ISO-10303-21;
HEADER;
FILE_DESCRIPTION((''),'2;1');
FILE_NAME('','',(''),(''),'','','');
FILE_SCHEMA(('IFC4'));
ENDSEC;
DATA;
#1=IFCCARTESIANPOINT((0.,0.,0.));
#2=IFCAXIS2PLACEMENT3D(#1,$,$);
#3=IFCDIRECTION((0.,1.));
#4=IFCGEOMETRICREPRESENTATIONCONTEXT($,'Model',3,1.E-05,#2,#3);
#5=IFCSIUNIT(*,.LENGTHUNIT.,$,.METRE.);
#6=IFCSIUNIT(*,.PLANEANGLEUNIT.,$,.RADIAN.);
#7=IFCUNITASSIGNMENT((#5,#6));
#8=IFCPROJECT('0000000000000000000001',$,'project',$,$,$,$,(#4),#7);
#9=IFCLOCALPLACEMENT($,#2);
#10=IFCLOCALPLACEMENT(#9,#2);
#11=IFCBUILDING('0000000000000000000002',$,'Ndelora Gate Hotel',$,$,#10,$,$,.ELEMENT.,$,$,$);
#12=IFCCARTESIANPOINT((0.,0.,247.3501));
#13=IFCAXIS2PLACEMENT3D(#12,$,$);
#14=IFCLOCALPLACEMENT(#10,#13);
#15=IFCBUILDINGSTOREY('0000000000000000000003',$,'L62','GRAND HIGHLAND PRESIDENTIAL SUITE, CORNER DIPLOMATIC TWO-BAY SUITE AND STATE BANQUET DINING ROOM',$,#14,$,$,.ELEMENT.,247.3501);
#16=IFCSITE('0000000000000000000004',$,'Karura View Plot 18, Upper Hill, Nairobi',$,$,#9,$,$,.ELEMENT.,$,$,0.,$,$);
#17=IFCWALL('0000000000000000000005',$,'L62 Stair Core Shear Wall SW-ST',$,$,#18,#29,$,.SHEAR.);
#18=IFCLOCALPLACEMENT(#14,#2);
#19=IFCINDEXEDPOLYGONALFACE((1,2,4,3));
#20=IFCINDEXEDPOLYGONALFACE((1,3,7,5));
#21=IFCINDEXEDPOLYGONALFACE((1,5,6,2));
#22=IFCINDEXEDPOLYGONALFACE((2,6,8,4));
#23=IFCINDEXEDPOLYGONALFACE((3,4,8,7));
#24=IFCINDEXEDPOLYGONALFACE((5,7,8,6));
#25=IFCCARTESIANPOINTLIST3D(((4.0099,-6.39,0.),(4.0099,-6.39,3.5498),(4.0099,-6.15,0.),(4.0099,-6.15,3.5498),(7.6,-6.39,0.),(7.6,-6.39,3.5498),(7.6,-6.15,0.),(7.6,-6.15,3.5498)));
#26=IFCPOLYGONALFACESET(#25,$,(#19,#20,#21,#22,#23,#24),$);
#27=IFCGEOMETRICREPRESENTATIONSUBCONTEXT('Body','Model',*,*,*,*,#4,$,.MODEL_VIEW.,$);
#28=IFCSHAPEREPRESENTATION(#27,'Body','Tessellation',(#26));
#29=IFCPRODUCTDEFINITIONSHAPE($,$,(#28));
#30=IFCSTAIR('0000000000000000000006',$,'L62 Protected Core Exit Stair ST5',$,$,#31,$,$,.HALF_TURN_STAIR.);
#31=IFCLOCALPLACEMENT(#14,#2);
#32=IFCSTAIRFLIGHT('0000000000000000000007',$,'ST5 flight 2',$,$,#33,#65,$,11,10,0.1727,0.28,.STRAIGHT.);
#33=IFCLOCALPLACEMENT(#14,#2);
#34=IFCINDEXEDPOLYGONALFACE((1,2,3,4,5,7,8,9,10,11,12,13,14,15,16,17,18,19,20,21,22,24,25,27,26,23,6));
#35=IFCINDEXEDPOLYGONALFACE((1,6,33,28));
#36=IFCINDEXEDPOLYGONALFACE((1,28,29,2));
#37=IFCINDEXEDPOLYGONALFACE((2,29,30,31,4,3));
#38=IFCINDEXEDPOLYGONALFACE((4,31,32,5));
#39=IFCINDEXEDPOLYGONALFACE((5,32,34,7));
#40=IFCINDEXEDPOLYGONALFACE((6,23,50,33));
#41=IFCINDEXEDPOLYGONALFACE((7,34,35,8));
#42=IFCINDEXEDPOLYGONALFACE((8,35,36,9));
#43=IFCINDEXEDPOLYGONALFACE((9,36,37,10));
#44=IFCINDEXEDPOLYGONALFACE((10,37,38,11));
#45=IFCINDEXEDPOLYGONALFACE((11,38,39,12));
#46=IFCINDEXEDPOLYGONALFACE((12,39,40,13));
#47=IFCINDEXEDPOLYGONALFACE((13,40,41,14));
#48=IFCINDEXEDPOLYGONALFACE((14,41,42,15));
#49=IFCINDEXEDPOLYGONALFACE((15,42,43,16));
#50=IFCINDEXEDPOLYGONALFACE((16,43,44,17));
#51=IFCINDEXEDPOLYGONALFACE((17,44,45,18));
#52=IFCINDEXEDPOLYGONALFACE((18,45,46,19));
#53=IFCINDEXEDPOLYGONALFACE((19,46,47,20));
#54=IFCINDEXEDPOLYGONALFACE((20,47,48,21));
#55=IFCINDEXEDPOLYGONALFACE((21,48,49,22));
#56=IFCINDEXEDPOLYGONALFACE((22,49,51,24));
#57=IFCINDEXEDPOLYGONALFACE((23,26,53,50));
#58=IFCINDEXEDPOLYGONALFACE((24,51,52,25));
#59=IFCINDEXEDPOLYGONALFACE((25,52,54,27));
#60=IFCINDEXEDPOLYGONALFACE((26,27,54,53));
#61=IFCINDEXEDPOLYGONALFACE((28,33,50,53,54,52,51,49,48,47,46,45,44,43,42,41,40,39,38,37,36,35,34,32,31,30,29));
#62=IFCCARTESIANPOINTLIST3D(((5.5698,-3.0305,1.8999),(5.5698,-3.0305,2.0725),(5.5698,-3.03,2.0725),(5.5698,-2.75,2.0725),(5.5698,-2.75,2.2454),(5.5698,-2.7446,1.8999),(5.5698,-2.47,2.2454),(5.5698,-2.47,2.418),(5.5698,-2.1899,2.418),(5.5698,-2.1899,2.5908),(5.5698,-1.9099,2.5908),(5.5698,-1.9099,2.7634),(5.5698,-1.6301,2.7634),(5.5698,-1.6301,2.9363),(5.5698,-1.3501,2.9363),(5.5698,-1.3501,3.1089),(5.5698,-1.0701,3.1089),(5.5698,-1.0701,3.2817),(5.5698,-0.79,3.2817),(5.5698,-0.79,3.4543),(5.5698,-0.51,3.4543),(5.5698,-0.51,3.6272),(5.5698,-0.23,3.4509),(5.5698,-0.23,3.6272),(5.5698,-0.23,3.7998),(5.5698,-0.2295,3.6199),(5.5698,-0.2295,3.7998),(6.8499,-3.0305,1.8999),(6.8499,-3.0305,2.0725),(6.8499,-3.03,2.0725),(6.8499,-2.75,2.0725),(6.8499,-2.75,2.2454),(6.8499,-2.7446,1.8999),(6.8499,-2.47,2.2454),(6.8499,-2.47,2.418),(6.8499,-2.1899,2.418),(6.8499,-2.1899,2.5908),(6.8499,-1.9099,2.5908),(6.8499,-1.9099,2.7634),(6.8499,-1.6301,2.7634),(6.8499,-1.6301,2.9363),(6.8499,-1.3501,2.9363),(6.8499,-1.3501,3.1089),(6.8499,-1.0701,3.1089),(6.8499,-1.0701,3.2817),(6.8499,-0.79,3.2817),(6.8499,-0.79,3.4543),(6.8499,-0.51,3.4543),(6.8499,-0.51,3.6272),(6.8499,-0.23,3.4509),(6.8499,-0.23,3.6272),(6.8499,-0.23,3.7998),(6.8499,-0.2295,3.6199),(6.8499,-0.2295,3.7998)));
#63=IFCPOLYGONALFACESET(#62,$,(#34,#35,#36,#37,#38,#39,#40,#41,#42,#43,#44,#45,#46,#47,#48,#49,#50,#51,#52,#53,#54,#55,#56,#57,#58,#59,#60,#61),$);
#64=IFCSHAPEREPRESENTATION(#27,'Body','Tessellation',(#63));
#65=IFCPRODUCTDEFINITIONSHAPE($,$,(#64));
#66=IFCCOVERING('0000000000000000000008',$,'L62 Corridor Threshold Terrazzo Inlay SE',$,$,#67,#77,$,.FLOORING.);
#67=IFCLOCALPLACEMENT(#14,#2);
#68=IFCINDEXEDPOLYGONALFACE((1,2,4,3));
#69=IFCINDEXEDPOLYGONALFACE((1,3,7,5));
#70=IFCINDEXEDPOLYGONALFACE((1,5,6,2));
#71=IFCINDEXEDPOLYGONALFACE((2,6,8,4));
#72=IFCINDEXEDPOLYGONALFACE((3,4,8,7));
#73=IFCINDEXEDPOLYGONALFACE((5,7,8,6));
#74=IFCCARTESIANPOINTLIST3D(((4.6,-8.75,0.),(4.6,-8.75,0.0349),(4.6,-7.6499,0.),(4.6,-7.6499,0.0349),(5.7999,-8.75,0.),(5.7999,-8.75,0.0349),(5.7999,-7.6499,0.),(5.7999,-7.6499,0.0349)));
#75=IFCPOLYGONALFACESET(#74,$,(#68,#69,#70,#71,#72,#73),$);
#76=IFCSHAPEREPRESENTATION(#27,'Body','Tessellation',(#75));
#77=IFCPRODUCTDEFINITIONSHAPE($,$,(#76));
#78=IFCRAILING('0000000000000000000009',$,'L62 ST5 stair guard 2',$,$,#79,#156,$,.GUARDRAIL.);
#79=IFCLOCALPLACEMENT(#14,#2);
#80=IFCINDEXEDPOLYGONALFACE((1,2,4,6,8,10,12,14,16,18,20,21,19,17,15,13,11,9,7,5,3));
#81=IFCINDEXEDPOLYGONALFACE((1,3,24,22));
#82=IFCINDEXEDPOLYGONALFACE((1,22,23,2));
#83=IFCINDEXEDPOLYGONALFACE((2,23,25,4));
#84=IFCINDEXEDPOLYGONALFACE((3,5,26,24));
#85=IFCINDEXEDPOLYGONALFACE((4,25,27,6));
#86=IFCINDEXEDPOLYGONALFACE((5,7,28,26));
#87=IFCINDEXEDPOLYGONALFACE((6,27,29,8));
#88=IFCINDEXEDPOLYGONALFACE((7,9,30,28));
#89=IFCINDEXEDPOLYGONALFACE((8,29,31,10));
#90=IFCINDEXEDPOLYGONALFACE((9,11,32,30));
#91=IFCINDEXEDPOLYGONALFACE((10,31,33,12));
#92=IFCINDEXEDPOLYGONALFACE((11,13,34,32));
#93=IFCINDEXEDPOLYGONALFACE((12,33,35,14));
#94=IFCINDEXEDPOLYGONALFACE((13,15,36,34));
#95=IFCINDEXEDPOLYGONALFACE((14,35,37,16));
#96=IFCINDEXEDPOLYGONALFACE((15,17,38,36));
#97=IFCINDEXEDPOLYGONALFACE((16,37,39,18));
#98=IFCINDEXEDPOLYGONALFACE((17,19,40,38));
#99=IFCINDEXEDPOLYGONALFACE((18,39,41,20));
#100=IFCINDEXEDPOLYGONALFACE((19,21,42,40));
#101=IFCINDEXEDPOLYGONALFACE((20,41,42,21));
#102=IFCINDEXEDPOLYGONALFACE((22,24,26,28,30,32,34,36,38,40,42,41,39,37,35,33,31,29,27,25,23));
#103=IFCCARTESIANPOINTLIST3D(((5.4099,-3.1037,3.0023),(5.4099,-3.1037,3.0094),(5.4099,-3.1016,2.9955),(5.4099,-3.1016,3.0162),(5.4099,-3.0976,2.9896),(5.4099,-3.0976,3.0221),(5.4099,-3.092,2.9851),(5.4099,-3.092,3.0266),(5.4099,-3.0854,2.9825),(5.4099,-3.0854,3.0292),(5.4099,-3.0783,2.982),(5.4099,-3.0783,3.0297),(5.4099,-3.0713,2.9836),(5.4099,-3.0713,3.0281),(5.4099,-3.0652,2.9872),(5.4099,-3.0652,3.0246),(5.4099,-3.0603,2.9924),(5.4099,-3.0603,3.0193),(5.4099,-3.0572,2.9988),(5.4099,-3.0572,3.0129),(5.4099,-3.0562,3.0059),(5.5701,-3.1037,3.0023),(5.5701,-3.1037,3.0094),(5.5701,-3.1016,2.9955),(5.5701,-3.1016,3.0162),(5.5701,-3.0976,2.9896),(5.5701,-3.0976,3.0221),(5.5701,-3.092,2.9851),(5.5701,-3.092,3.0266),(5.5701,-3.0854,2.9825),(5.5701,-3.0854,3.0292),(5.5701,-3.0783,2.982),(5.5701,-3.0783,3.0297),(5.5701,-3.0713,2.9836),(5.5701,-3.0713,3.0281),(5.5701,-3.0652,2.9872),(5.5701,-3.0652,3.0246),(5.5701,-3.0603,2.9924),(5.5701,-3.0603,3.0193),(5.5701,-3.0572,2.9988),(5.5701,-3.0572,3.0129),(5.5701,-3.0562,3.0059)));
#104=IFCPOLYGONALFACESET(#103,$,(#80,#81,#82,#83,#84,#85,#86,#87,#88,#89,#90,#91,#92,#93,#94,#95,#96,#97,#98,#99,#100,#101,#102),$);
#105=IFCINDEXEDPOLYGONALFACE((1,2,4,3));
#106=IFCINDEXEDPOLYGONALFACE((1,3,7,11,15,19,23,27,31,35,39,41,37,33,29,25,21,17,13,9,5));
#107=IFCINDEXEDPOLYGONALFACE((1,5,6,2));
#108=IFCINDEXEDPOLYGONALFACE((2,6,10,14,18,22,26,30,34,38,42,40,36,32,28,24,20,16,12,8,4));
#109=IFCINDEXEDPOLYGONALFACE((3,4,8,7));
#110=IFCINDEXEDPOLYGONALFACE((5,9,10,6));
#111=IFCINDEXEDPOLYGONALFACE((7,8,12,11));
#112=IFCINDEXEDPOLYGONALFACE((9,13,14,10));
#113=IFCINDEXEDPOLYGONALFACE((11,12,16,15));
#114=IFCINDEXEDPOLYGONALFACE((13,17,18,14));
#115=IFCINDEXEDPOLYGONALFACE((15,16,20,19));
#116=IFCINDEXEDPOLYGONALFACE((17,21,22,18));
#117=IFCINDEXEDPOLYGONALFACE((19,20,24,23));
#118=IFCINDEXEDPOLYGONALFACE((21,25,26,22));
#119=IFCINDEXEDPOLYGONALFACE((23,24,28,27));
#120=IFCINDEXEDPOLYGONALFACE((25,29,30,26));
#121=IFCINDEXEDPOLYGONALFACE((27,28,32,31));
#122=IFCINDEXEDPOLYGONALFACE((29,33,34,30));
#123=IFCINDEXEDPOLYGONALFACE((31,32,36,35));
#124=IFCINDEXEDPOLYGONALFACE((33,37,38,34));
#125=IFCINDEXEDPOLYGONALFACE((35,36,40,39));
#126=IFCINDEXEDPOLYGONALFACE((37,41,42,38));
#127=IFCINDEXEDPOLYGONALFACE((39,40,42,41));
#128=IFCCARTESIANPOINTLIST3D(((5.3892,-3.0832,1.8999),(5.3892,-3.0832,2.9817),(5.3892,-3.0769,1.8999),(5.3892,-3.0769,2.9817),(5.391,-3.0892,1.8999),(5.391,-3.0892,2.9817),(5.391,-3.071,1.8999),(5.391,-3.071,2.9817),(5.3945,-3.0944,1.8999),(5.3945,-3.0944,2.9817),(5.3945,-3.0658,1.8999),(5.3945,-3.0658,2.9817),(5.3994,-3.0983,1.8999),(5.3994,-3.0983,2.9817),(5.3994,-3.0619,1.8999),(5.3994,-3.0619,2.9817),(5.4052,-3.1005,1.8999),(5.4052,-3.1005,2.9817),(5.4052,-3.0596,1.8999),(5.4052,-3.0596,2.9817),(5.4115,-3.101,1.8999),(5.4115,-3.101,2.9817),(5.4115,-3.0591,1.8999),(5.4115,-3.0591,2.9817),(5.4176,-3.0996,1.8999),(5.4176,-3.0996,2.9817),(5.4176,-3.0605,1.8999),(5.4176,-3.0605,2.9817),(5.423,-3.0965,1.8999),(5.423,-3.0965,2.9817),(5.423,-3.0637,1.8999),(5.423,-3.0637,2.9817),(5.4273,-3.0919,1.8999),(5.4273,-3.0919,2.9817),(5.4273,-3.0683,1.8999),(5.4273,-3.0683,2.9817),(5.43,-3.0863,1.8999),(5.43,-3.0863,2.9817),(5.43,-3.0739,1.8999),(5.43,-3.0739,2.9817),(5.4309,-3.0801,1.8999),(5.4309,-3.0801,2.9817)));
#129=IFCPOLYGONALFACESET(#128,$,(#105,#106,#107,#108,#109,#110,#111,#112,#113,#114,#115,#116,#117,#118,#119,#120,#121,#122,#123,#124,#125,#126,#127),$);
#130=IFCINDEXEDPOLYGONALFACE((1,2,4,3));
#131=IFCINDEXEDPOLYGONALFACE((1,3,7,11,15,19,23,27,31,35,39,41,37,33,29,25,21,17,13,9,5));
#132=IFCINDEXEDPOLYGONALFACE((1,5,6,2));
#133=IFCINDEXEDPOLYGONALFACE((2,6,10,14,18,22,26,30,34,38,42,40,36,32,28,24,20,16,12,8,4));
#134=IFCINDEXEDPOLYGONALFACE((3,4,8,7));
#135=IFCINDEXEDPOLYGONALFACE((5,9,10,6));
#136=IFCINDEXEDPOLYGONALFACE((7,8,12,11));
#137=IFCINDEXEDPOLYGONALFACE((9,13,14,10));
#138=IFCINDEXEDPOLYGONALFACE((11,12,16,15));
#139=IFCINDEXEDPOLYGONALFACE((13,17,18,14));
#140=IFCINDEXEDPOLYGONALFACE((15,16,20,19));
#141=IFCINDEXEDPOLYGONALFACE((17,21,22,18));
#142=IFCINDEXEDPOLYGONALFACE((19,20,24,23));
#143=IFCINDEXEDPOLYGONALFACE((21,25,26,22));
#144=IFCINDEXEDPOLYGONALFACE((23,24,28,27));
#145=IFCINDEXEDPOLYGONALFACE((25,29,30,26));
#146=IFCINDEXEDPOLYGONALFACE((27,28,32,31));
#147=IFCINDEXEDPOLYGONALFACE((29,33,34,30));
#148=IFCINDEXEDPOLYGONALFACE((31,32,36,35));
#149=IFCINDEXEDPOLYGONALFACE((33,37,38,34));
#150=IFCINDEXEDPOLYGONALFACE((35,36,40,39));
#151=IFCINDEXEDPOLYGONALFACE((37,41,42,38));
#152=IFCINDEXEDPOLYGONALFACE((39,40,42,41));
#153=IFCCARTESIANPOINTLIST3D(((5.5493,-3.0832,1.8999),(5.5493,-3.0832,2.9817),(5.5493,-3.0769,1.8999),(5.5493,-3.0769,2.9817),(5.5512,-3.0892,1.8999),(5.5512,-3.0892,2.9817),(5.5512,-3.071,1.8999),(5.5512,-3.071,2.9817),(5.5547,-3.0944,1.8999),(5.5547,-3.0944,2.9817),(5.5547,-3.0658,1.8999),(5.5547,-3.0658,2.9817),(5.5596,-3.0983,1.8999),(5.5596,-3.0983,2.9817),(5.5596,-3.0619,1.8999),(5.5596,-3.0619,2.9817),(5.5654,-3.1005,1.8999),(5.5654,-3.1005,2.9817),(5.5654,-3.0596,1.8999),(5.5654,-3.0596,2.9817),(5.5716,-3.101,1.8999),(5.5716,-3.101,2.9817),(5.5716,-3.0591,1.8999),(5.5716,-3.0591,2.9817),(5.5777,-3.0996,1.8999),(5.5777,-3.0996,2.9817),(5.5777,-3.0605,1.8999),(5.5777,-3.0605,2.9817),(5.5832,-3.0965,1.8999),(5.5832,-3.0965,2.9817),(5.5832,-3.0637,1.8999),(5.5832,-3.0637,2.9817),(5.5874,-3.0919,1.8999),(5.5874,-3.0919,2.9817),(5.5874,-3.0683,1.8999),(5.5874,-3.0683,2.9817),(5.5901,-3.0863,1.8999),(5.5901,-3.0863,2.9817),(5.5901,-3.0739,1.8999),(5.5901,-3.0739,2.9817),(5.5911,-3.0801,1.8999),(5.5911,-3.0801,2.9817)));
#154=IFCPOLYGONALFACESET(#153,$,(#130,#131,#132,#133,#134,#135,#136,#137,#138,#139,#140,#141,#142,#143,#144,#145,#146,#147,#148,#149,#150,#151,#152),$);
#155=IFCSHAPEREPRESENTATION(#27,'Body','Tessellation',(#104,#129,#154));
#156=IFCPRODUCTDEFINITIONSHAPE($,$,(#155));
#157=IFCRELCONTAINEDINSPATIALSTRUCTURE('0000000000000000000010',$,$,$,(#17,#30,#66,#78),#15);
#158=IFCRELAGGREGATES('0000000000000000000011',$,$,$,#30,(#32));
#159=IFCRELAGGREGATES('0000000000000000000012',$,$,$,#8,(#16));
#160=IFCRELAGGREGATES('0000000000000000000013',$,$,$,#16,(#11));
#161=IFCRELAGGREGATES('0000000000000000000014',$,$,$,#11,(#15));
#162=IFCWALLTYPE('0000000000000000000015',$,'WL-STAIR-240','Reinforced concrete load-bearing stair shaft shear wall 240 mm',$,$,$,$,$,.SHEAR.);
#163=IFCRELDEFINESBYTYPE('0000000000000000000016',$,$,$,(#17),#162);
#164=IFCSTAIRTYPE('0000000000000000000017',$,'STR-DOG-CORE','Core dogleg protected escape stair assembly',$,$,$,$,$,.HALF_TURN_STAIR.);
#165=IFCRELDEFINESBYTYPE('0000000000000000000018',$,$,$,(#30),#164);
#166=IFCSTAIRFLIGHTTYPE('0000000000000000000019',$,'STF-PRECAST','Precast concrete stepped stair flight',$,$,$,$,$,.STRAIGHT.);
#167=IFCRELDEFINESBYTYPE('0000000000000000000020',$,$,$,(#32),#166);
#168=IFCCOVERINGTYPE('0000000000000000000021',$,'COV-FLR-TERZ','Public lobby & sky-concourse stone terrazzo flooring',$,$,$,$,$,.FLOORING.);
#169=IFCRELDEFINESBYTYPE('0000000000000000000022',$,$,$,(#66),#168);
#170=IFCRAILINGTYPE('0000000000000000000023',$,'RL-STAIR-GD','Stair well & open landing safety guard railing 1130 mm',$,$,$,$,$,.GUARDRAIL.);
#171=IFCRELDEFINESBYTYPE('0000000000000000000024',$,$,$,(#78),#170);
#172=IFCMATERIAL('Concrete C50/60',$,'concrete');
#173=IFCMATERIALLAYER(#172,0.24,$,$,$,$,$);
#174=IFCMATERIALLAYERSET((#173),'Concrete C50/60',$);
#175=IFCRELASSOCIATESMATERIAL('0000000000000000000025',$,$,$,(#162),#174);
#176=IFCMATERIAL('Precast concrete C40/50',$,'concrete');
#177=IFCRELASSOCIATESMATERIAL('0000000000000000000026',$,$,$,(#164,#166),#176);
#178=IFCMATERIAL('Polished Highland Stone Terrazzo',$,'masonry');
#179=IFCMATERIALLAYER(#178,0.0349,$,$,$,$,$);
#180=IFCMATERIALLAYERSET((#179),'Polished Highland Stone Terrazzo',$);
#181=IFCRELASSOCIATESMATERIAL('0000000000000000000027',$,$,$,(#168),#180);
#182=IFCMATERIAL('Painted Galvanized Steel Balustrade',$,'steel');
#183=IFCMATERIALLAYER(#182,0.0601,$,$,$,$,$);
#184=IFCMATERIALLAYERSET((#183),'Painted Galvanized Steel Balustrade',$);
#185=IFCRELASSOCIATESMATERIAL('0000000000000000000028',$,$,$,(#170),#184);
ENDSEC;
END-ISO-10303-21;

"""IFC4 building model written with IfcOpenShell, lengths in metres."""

from ifc_helpers import new_model, si_unit, direction, frame, frame_2d, origin, origin_2d, place, context, subcontext, project, spatial, polyline, rectangle, circle, outline, extrude, material, layer, layer_set, type_object, element, aggregate, save


model = new_model("IFC4")

# Units and contexts
model_context = context("Model", 3, precision=1e-05, world=origin(), true_north=direction((0.0, 1.0)))
body_context = subcontext(model_context, "Body", "Model", "MODEL_VIEW")
ifc_project = project(units=[si_unit("LENGTHUNIT", "METRE"), si_unit("PLANEANGLEUNIT", "RADIAN")], contexts=[model_context])

# Site, building, storey
site_placement = place(None, origin())
site = spatial("IfcSite", under=ifc_project, at=site_placement, Name="Karura View Plot 18, Upper Hill, Nairobi", CompositionType="ELEMENT", RefElevation=0.0)
building_placement = place(site_placement, origin())
building = spatial("IfcBuilding", under=site, at=building_placement, Name="Ndelora Gate Hotel", CompositionType="ELEMENT")
storey_placement = place(building_placement, frame((0.0, 0.0, 247.3501)))
storey = spatial("IfcBuildingStorey", under=building, at=storey_placement, Name="L62", Description="GRAND HIGHLAND PRESIDENTIAL SUITE, CORNER DIPLOMATIC TWO-BAY SUITE AND STATE BANQUET DINING ROOM", CompositionType="ELEMENT", Elevation=247.3501)

# Shared definitions
ifc_material_1 = material(Name="Concrete C50/60", Category="concrete")

# Wall
ifc_layer_1 = layer(ifc_material_1, 0.24)
ifc_layer_set_1 = layer_set([ifc_layer_1], Name="Concrete C50/60")
wall_type_1 = type_object("IfcWallType", Name="WL-STAIR-240", Description="Reinforced concrete load-bearing stair shaft shear wall 240 mm", PredefinedType="SHEAR", material=ifc_layer_set_1)
wall_1_placement = place(storey_placement, frame((4.01, -6.27, 0.0), z_axis=(0.0, 0.0, 1.0), x_axis=(1.0, 0.0, 0.0)))
element("IfcWall", 1, at=wall_1_placement, inside=storey, type_object=wall_type_1, Name="L62 Stair Core Shear Wall SW-ST", PredefinedType="SHEAR", context=body_context, shape_type="SweptSolid", body=[
    extrude(rectangle(XDim=3.5901, YDim=0.24, at=frame_2d((1.7949, 0.0))), origin(), (0.0, 0.0, 1.0), 3.5498),
])

# Stair, stair flight
ifc_material_2 = material(Name="Precast concrete C40/50", Category="concrete")
stair_type = type_object("IfcStairType", Name="STR-DOG-CORE", Description="Core dogleg protected escape stair assembly", PredefinedType="HALF_TURN_STAIR", material=ifc_material_2)
stair_placement = place(storey_placement, origin())
stair = element("IfcStair", 2, at=stair_placement, inside=storey, type_object=stair_type, Name="L62 Protected Core Exit Stair ST5", PredefinedType="HALF_TURN_STAIR")
stair_flight_type = type_object("IfcStairFlightType", Name="STF-PRECAST", Description="Precast concrete stepped stair flight", PredefinedType="STRAIGHT", material=ifc_material_2)
stair_flight_placement = place(storey_placement, frame((6.21, -3.03, 1.8999), z_axis=(0.0, 0.0, 1.0), x_axis=(0.0, 1.0, 0.0)))
stair_flight = element("IfcStairFlight", 3, at=stair_flight_placement, type_object=stair_flight_type, Name="ST5 flight 2", NumberOfRisers=11, NumberOfTreads=10, PredefinedType="STRAIGHT", RiserHeight=0.1727, TreadLength=0.28, context=body_context, shape_type="SweptSolid", body=[
    extrude(outline(polyline([(-0.0005, 0.0), (-0.0005, 0.1726), (0.0, 0.1726), (0.28, 0.1726), (0.28, 0.3455), (0.5601, 0.3455), (0.5601, 0.5181), (0.8401, 0.5181), (0.8401, 0.6909), (1.1201, 0.6909), (1.1201, 0.8635), (1.3999, 0.8635), (1.3999, 1.0364), (1.6799, 1.0364), (1.6799, 1.209), (1.96, 1.209), (1.96, 1.3818), (2.24, 1.3818), (2.24, 1.5544), (2.52, 1.5544), (2.52, 1.7273), (2.8, 1.7273), (2.8, 1.8999), (2.8005, 1.8999), (2.8005, 1.72), (2.8, 1.551), (0.2854, 0.0), (-0.0005, 0.0)])), frame((0.0, 0.6401, 0.0), z_axis=(0.0, -1.0, 0.0), x_axis=(1.0, 0.0, 0.0)), (0.0, 0.0, 1.0), 1.28),
])
aggregate(stair, [stair_flight])

# Covering
ifc_material_3 = material(Name="Polished Highland Stone Terrazzo", Category="masonry")
ifc_layer_2 = layer(ifc_material_3, 0.0349)
ifc_layer_set_2 = layer_set([ifc_layer_2], Name="Polished Highland Stone Terrazzo")
covering_type = type_object("IfcCoveringType", Name="COV-FLR-TERZ", Description="Public lobby & sky-concourse stone terrazzo flooring", PredefinedType="FLOORING", material=ifc_layer_set_2)
covering_placement = place(storey_placement, frame((5.2, -8.2, 0.0), z_axis=(0.0, 0.0, 1.0), x_axis=(1.0, 0.0, 0.0)))
element("IfcCovering", 4, at=covering_placement, inside=storey, type_object=covering_type, Name="L62 Corridor Threshold Terrazzo Inlay SE", PredefinedType="FLOORING", context=body_context, shape_type="SweptSolid", body=[
    extrude(rectangle(XDim=1.2, YDim=1.1001, at=origin_2d()), origin(), (0.0, 0.0, 1.0), 0.0349),
])

# Railing
ifc_material_4 = material(Name="Painted Galvanized Steel Balustrade", Category="steel")
ifc_layer_3 = layer(ifc_material_4, 0.0601)
ifc_layer_set_3 = layer_set([ifc_layer_3], Name="Painted Galvanized Steel Balustrade")
railing_type_1 = type_object("IfcRailingType", Name="RL-STAIR-GD", Description="Stair well & open landing safety guard railing 1130 mm", PredefinedType="GUARDRAIL", material=ifc_layer_set_3)
railing_1_placement = place(storey_placement, frame((5.4099, -3.0801, 1.8999)))
element("IfcRailing", 5, at=railing_1_placement, inside=storey, type_object=railing_type_1, Name="L62 ST5 stair guard 2", PredefinedType="GUARDRAIL", context=body_context, shape_type="SweptSolid", body=[
    extrude(circle(Radius=0.0239, at=origin_2d()), frame((0.0, 0.0, 1.106), z_axis=(1.0, 0.0, 0.0), x_axis=(0.0, 1.0, 0.0)), (0.0, 0.0, 1.0), 0.1602),
    extrude(circle(Radius=0.021, at=origin_2d()), origin(), (0.0, 0.0, 1.0), 1.0818),
    extrude(circle(Radius=0.021, at=origin_2d()), frame((0.1602, 0.0, 0.0)), (0.0, 0.0, 1.0), 1.0818),
])

save(model, "model.ifc")
